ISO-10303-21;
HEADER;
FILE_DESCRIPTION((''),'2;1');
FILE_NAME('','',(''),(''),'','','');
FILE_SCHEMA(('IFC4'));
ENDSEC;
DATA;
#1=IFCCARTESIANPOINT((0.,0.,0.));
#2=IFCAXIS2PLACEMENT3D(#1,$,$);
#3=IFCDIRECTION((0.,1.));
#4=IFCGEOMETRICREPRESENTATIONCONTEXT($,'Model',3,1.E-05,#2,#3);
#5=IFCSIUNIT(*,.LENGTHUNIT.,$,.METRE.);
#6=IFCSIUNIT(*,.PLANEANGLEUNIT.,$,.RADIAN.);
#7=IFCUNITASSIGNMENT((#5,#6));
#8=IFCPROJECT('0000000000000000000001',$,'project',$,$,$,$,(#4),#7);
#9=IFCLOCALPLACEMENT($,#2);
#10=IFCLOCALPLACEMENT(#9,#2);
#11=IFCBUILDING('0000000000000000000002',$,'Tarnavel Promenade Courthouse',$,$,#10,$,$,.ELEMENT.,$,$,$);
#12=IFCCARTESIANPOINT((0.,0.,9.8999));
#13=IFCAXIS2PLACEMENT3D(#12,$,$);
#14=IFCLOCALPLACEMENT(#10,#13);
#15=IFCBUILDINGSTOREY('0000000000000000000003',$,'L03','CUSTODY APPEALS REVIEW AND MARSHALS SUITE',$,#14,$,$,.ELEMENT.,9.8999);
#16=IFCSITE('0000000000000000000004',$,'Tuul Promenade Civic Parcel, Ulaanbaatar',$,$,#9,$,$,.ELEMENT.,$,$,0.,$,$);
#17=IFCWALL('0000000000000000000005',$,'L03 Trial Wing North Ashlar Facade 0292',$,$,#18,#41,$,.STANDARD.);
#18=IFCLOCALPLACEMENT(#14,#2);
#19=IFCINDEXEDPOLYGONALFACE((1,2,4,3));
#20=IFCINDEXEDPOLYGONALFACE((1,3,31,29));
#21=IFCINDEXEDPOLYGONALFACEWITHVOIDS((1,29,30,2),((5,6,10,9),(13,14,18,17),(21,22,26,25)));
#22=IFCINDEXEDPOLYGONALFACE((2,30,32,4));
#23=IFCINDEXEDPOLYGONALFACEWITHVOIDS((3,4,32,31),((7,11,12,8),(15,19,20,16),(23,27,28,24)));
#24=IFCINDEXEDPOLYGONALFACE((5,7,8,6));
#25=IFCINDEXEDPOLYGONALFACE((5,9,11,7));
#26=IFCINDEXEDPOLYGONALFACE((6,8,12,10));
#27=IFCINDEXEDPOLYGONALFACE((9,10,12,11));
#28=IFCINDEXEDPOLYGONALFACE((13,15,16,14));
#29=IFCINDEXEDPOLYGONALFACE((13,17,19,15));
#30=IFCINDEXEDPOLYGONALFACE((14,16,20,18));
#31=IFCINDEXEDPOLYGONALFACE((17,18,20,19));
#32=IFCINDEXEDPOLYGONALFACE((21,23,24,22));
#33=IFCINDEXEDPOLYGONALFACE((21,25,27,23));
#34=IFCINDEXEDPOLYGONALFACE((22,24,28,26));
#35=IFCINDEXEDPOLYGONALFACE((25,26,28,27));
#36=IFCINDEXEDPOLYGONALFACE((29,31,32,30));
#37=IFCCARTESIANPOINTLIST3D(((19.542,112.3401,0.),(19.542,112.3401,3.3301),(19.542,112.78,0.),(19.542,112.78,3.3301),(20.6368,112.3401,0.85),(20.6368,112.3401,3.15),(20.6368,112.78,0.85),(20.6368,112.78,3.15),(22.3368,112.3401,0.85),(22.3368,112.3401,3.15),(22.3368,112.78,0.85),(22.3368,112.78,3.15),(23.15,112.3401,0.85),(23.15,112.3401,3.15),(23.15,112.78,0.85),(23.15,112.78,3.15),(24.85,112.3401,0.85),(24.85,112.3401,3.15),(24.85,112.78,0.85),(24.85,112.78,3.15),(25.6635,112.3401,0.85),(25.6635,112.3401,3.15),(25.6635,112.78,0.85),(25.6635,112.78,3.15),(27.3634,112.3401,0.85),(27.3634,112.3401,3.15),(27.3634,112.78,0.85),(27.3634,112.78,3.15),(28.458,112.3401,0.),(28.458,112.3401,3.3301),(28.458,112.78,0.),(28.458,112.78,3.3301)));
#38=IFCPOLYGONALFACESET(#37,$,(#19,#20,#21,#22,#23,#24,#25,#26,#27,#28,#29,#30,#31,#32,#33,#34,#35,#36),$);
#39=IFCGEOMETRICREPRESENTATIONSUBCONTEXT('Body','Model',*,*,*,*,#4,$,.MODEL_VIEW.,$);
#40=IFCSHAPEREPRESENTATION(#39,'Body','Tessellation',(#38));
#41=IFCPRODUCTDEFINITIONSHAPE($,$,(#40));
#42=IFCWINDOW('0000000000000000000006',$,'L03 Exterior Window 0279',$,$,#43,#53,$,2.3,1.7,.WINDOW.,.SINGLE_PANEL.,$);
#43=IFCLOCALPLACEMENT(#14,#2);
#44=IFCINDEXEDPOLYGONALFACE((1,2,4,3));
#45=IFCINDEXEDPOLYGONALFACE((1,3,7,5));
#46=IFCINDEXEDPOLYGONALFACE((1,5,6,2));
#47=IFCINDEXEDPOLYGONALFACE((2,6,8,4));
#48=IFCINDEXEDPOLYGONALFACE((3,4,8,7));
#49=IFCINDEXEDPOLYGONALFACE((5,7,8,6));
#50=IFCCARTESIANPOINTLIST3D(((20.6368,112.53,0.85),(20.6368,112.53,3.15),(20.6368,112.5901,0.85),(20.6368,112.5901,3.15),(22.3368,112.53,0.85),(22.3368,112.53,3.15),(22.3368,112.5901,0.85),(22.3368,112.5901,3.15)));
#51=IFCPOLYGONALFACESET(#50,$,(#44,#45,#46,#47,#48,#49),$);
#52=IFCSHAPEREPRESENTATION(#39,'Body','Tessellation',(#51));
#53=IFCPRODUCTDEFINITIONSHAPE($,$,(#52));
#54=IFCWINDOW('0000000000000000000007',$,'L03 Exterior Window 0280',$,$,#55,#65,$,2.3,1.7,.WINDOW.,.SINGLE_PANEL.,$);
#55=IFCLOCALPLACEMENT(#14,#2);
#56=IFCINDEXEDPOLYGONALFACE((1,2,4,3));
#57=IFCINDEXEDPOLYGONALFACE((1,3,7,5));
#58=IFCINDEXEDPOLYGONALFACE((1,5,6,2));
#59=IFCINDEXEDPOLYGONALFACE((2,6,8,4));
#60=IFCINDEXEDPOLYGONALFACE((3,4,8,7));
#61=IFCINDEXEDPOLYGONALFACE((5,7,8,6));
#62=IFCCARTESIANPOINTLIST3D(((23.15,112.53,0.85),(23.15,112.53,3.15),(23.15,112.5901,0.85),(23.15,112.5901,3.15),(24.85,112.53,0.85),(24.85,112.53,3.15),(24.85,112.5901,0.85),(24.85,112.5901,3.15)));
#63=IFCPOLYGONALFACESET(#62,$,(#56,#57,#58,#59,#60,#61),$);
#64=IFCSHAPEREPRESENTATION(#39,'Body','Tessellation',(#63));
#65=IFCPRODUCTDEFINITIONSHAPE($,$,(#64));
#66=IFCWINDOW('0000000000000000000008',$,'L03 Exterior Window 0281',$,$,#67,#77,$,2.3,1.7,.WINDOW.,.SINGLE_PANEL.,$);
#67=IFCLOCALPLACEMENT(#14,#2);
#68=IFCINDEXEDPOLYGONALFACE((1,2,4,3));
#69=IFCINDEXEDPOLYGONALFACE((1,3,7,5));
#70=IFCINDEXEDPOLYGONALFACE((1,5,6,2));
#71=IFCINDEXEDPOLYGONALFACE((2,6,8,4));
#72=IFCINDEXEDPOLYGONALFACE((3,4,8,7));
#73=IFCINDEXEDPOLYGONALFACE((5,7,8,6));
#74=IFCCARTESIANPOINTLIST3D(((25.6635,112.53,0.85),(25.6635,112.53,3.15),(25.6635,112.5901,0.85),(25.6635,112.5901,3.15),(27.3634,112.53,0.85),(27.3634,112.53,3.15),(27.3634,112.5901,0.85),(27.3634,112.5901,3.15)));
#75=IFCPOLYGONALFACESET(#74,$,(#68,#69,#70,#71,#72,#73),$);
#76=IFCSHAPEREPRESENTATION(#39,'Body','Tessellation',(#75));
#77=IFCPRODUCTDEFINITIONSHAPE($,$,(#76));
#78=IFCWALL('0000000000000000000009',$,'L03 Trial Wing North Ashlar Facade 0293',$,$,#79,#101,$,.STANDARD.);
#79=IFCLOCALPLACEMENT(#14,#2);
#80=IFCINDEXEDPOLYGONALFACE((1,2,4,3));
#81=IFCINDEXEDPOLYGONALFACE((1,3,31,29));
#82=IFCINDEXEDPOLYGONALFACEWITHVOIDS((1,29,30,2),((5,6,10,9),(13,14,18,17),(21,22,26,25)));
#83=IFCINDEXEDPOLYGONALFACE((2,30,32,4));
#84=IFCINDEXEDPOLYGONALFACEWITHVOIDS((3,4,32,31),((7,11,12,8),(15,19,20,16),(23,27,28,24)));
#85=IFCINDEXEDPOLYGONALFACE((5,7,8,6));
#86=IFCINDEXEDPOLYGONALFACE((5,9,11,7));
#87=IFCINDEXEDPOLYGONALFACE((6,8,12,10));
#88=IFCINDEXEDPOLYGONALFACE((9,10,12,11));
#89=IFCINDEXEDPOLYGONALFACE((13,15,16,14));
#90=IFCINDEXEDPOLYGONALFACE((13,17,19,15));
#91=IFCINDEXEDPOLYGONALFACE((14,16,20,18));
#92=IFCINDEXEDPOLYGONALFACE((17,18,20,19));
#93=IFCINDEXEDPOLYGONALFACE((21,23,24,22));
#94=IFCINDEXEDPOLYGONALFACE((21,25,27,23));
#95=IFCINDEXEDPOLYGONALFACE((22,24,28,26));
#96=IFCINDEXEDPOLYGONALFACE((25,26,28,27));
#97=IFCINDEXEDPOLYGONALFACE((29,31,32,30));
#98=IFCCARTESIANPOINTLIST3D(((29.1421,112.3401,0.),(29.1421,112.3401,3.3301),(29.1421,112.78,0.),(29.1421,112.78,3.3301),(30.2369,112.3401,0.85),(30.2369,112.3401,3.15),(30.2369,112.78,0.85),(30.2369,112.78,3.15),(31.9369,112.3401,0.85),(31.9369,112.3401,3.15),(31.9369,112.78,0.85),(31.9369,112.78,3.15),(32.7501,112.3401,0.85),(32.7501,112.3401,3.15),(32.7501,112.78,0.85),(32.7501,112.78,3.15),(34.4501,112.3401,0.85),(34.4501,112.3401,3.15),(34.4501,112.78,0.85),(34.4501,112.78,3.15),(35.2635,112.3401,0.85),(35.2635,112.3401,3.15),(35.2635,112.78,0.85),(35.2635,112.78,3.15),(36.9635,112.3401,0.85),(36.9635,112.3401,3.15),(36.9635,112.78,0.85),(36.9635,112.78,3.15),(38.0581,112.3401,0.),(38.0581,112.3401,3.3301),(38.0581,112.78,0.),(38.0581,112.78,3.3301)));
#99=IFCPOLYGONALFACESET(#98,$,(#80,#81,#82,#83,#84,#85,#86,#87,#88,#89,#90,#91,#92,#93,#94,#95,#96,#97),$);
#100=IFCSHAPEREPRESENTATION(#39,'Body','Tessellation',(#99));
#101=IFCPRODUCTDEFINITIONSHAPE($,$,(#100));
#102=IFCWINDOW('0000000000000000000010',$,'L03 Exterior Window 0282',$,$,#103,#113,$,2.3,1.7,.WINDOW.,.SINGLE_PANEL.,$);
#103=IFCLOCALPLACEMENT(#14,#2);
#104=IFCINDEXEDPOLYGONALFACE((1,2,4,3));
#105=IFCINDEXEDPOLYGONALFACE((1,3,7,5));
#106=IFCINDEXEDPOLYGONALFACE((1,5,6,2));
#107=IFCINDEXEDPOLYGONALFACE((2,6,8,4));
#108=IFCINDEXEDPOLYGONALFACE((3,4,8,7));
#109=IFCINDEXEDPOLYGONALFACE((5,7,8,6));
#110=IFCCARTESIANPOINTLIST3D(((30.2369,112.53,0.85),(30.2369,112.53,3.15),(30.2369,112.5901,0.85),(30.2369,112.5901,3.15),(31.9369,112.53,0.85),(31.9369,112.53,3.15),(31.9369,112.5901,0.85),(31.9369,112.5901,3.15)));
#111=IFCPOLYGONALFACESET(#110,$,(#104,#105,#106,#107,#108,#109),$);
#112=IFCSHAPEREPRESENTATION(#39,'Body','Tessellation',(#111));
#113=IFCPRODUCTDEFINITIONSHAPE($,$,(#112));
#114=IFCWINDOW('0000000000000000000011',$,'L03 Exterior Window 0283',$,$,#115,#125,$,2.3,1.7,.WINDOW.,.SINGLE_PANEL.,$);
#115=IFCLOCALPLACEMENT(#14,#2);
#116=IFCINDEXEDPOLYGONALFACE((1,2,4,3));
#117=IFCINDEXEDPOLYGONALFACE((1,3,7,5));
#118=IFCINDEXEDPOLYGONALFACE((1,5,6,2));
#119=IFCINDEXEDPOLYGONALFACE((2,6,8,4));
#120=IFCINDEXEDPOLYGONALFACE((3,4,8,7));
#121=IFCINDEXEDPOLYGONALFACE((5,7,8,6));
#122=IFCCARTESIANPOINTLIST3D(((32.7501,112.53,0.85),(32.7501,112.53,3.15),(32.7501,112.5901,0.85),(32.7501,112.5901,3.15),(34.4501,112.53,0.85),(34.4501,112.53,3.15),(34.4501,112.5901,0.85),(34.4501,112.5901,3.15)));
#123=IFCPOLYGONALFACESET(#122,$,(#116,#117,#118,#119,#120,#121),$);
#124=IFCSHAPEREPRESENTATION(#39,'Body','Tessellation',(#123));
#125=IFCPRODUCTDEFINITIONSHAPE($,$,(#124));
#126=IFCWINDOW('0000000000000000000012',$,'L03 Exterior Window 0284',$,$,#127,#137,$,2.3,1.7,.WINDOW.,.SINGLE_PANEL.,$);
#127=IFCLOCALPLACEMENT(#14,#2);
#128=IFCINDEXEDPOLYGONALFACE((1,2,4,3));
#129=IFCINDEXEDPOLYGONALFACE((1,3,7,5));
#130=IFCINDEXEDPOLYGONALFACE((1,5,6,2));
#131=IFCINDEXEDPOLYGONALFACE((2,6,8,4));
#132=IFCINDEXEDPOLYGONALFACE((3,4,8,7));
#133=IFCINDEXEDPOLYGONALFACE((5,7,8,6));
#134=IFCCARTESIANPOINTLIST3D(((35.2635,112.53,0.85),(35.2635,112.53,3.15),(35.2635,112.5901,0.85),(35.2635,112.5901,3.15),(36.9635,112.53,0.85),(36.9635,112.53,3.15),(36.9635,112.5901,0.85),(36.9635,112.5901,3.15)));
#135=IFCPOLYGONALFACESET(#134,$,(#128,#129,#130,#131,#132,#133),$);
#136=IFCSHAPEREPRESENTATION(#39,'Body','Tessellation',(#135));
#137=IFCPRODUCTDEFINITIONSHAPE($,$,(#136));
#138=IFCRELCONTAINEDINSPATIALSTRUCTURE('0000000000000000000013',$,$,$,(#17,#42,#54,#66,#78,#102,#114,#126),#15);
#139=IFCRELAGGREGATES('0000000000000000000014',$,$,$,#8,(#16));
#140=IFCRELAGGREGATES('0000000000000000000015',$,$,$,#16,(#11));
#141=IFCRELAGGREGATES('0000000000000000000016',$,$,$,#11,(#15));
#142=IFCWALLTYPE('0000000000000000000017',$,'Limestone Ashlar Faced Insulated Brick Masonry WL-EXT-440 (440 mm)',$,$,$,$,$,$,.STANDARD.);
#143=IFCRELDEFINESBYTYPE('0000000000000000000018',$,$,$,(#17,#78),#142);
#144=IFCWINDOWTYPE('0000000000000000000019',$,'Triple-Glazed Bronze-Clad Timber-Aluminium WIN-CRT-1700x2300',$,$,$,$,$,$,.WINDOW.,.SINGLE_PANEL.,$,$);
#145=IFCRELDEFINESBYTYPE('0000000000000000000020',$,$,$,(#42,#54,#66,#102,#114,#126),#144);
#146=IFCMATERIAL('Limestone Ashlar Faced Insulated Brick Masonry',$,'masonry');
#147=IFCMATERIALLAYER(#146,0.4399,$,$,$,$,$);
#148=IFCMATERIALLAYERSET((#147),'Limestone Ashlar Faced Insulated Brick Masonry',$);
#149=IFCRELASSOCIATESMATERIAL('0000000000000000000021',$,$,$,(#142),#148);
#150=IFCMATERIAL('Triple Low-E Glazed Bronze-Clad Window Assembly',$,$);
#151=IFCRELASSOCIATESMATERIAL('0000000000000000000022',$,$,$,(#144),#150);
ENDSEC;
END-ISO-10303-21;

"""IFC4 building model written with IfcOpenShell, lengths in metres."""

from ifc_helpers import new_model, si_unit, direction, frame, frame_2d, origin, place, context, subcontext, project, spatial, rectangle, extrude, material, layer, layer_set, type_object, element, fill, save


model = new_model("IFC4")

# Units and contexts
model_context = context("Model", 3, precision=1e-05, world=origin(), true_north=direction((0.0, 1.0)))
body_context = subcontext(model_context, "Body", "Model", "MODEL_VIEW")
ifc_project = project(units=[si_unit("LENGTHUNIT", "METRE"), si_unit("PLANEANGLEUNIT", "RADIAN")], contexts=[model_context])

# Site, building, storey
site_placement = place(None, origin())
site = spatial("IfcSite", under=ifc_project, at=site_placement, Name="Tuul Promenade Civic Parcel, Ulaanbaatar", CompositionType="ELEMENT", RefElevation=0.0)
building_placement = place(site_placement, origin())
building = spatial("IfcBuilding", under=site, at=building_placement, Name="Tarnavel Promenade Courthouse", CompositionType="ELEMENT")
storey_placement = place(building_placement, frame((0.0, 0.0, 9.8999)))
storey = spatial("IfcBuildingStorey", under=building, at=storey_placement, Name="L03", Description="CUSTODY APPEALS REVIEW AND MARSHALS SUITE", CompositionType="ELEMENT", Elevation=9.8999)

# Walls, openings, windows
ifc_material_1 = material(Name="Limestone Ashlar Faced Insulated Brick Masonry", Category="masonry")
ifc_layer_1 = layer(ifc_material_1, 0.4399)
ifc_layer_set_1 = layer_set([ifc_layer_1], Name="Limestone Ashlar Faced Insulated Brick Masonry")
wall_type_1 = type_object("IfcWallType", Name="Limestone Ashlar Faced Insulated Brick Masonry WL-EXT-440 (440 mm)", PredefinedType="STANDARD", material=ifc_layer_set_1)
wall_1_placement = place(storey_placement, frame((19.542, 112.5601, 0.0), z_axis=(0.0, 0.0, 1.0), x_axis=(1.0, 0.0, 0.0)))
wall_1 = element("IfcWall", 1, at=wall_1_placement, inside=storey, type_object=wall_type_1, Name="L03 Trial Wing North Ashlar Facade 0292", PredefinedType="STANDARD", context=body_context, shape_type="SweptSolid", body=[
    extrude(rectangle(XDim=8.916, YDim=0.4399, at=frame_2d((4.458, 0.0))), origin(), (0.0, 0.0, 1.0), 3.3301),
])
opening_1_placement = place(wall_1_placement, frame((1.0947, 0.0, 0.8501)))
opening_1 = element("IfcOpeningElement", 2, at=opening_1_placement, cuts=wall_1, PredefinedType="OPENING", context=body_context, shape_type="SweptSolid", body=[
    extrude(rectangle(XDim=1.7, YDim=2.3, at=frame_2d((0.8501, 1.1499))), frame((0.0, 0.23, 0.0), z_axis=(0.0, -1.0, 0.0), x_axis=(1.0, 0.0, 0.0)), (0.0, 0.0, 1.0), 0.46),
])
opening_2_placement = place(wall_1_placement, frame((3.6079, 0.0, 0.8501)))
opening_2 = element("IfcOpeningElement", 3, at=opening_2_placement, cuts=wall_1, PredefinedType="OPENING", context=body_context, shape_type="SweptSolid", body=[
    extrude(rectangle(XDim=1.7, YDim=2.3, at=frame_2d((0.8501, 1.1499))), frame((0.0, 0.23, 0.0), z_axis=(0.0, -1.0, 0.0), x_axis=(1.0, 0.0, 0.0)), (0.0, 0.0, 1.0), 0.46),
])
opening_3_placement = place(wall_1_placement, frame((6.1213, 0.0, 0.8501)))
opening_3 = element("IfcOpeningElement", 4, at=opening_3_placement, cuts=wall_1, PredefinedType="OPENING", context=body_context, shape_type="SweptSolid", body=[
    extrude(rectangle(XDim=1.7, YDim=2.3, at=frame_2d((0.8501, 1.1499))), frame((0.0, 0.23, 0.0), z_axis=(0.0, -1.0, 0.0), x_axis=(1.0, 0.0, 0.0)), (0.0, 0.0, 1.0), 0.46),
])
ifc_material_2 = material(Name="Triple Low-E Glazed Bronze-Clad Window Assembly")
window_type = type_object("IfcWindowType", Name="Triple-Glazed Bronze-Clad Timber-Aluminium WIN-CRT-1700x2300", PartitioningType="SINGLE_PANEL", PredefinedType="WINDOW", material=ifc_material_2)
window_1_placement = place(opening_1_placement, origin())
window_1 = element("IfcWindow", 5, at=window_1_placement, inside=storey, type_object=window_type, Name="L03 Exterior Window 0279", OverallHeight=2.3, OverallWidth=1.7, PartitioningType="SINGLE_PANEL", PredefinedType="WINDOW", context=body_context, shape_type="SweptSolid", body=[
    extrude(rectangle(XDim=1.7, YDim=2.3, at=frame_2d((0.8501, 1.1499))), frame((0.0, 0.03, 0.0), z_axis=(0.0, -1.0, 0.0), x_axis=(1.0, 0.0, 0.0)), (0.0, 0.0, 1.0), 0.0601),
])
fill(opening_1, window_1)
window_2_placement = place(opening_2_placement, origin())
window_2 = element("IfcWindow", 6, at=window_2_placement, inside=storey, type_object=window_type, Name="L03 Exterior Window 0280", OverallHeight=2.3, OverallWidth=1.7, PartitioningType="SINGLE_PANEL", PredefinedType="WINDOW", context=body_context, shape_type="SweptSolid", body=[
    extrude(rectangle(XDim=1.7, YDim=2.3, at=frame_2d((0.8501, 1.1499))), frame((0.0, 0.03, 0.0), z_axis=(0.0, -1.0, 0.0), x_axis=(1.0, 0.0, 0.0)), (0.0, 0.0, 1.0), 0.0601),
])
fill(opening_2, window_2)
window_3_placement = place(opening_3_placement, origin())
window_3 = element("IfcWindow", 7, at=window_3_placement, inside=storey, type_object=window_type, Name="L03 Exterior Window 0281", OverallHeight=2.3, OverallWidth=1.7, PartitioningType="SINGLE_PANEL", PredefinedType="WINDOW", context=body_context, shape_type="SweptSolid", body=[
    extrude(rectangle(XDim=1.7, YDim=2.3, at=frame_2d((0.8501, 1.1499))), frame((0.0, 0.03, 0.0), z_axis=(0.0, -1.0, 0.0), x_axis=(1.0, 0.0, 0.0)), (0.0, 0.0, 1.0), 0.0601),
])
fill(opening_3, window_3)
wall_2_placement = place(storey_placement, frame((29.1421, 112.5601, 0.0), z_axis=(0.0, 0.0, 1.0), x_axis=(1.0, 0.0, 0.0)))
wall_2 = element("IfcWall", 8, at=wall_2_placement, inside=storey, type_object=wall_type_1, Name="L03 Trial Wing North Ashlar Facade 0293", PredefinedType="STANDARD", context=body_context, shape_type="SweptSolid", body=[
    extrude(rectangle(XDim=8.916, YDim=0.4399, at=frame_2d((4.458, 0.0))), origin(), (0.0, 0.0, 1.0), 3.3301),
])
opening_4_placement = place(wall_2_placement, frame((1.0947, 0.0, 0.8501)))
opening_4 = element("IfcOpeningElement", 9, at=opening_4_placement, cuts=wall_2, PredefinedType="OPENING", context=body_context, shape_type="SweptSolid", body=[
    extrude(rectangle(XDim=1.7, YDim=2.3, at=frame_2d((0.8501, 1.1499))), frame((0.0, 0.23, 0.0), z_axis=(0.0, -1.0, 0.0), x_axis=(1.0, 0.0, 0.0)), (0.0, 0.0, 1.0), 0.46),
])
opening_5_placement = place(wall_2_placement, frame((3.6079, 0.0, 0.8501)))
opening_5 = element("IfcOpeningElement", 10, at=opening_5_placement, cuts=wall_2, PredefinedType="OPENING", context=body_context, shape_type="SweptSolid", body=[
    extrude(rectangle(XDim=1.7, YDim=2.3, at=frame_2d((0.8501, 1.1499))), frame((0.0, 0.23, 0.0), z_axis=(0.0, -1.0, 0.0), x_axis=(1.0, 0.0, 0.0)), (0.0, 0.0, 1.0), 0.46),
])
opening_6_placement = place(wall_2_placement, frame((6.1213, 0.0, 0.8501)))
opening_6 = element("IfcOpeningElement", 11, at=opening_6_placement, cuts=wall_2, PredefinedType="OPENING", context=body_context, shape_type="SweptSolid", body=[
    extrude(rectangle(XDim=1.7, YDim=2.3, at=frame_2d((0.8501, 1.1499))), frame((0.0, 0.23, 0.0), z_axis=(0.0, -1.0, 0.0), x_axis=(1.0, 0.0, 0.0)), (0.0, 0.0, 1.0), 0.46),
])
window_4_placement = place(opening_4_placement, origin())
window_4 = element("IfcWindow", 12, at=window_4_placement, inside=storey, type_object=window_type, Name="L03 Exterior Window 0282", OverallHeight=2.3, OverallWidth=1.7, PartitioningType="SINGLE_PANEL", PredefinedType="WINDOW", context=body_context, shape_type="SweptSolid", body=[
    extrude(rectangle(XDim=1.7, YDim=2.3, at=frame_2d((0.8501, 1.1499))), frame((0.0, 0.03, 0.0), z_axis=(0.0, -1.0, 0.0), x_axis=(1.0, 0.0, 0.0)), (0.0, 0.0, 1.0), 0.0601),
])
fill(opening_4, window_4)
window_5_placement = place(opening_5_placement, origin())
window_5 = element("IfcWindow", 13, at=window_5_placement, inside=storey, type_object=window_type, Name="L03 Exterior Window 0283", OverallHeight=2.3, OverallWidth=1.7, PartitioningType="SINGLE_PANEL", PredefinedType="WINDOW", context=body_context, shape_type="SweptSolid", body=[
    extrude(rectangle(XDim=1.7, YDim=2.3, at=frame_2d((0.8501, 1.1499))), frame((0.0, 0.03, 0.0), z_axis=(0.0, -1.0, 0.0), x_axis=(1.0, 0.0, 0.0)), (0.0, 0.0, 1.0), 0.0601),
])
fill(opening_5, window_5)
window_6_placement = place(opening_6_placement, origin())
window_6 = element("IfcWindow", 14, at=window_6_placement, inside=storey, type_object=window_type, Name="L03 Exterior Window 0284", OverallHeight=2.3, OverallWidth=1.7, PartitioningType="SINGLE_PANEL", PredefinedType="WINDOW", context=body_context, shape_type="SweptSolid", body=[
    extrude(rectangle(XDim=1.7, YDim=2.3, at=frame_2d((0.8501, 1.1499))), frame((0.0, 0.03, 0.0), z_axis=(0.0, -1.0, 0.0), x_axis=(1.0, 0.0, 0.0)), (0.0, 0.0, 1.0), 0.0601),
])
fill(opening_6, window_6)

save(model, "model.ifc")
